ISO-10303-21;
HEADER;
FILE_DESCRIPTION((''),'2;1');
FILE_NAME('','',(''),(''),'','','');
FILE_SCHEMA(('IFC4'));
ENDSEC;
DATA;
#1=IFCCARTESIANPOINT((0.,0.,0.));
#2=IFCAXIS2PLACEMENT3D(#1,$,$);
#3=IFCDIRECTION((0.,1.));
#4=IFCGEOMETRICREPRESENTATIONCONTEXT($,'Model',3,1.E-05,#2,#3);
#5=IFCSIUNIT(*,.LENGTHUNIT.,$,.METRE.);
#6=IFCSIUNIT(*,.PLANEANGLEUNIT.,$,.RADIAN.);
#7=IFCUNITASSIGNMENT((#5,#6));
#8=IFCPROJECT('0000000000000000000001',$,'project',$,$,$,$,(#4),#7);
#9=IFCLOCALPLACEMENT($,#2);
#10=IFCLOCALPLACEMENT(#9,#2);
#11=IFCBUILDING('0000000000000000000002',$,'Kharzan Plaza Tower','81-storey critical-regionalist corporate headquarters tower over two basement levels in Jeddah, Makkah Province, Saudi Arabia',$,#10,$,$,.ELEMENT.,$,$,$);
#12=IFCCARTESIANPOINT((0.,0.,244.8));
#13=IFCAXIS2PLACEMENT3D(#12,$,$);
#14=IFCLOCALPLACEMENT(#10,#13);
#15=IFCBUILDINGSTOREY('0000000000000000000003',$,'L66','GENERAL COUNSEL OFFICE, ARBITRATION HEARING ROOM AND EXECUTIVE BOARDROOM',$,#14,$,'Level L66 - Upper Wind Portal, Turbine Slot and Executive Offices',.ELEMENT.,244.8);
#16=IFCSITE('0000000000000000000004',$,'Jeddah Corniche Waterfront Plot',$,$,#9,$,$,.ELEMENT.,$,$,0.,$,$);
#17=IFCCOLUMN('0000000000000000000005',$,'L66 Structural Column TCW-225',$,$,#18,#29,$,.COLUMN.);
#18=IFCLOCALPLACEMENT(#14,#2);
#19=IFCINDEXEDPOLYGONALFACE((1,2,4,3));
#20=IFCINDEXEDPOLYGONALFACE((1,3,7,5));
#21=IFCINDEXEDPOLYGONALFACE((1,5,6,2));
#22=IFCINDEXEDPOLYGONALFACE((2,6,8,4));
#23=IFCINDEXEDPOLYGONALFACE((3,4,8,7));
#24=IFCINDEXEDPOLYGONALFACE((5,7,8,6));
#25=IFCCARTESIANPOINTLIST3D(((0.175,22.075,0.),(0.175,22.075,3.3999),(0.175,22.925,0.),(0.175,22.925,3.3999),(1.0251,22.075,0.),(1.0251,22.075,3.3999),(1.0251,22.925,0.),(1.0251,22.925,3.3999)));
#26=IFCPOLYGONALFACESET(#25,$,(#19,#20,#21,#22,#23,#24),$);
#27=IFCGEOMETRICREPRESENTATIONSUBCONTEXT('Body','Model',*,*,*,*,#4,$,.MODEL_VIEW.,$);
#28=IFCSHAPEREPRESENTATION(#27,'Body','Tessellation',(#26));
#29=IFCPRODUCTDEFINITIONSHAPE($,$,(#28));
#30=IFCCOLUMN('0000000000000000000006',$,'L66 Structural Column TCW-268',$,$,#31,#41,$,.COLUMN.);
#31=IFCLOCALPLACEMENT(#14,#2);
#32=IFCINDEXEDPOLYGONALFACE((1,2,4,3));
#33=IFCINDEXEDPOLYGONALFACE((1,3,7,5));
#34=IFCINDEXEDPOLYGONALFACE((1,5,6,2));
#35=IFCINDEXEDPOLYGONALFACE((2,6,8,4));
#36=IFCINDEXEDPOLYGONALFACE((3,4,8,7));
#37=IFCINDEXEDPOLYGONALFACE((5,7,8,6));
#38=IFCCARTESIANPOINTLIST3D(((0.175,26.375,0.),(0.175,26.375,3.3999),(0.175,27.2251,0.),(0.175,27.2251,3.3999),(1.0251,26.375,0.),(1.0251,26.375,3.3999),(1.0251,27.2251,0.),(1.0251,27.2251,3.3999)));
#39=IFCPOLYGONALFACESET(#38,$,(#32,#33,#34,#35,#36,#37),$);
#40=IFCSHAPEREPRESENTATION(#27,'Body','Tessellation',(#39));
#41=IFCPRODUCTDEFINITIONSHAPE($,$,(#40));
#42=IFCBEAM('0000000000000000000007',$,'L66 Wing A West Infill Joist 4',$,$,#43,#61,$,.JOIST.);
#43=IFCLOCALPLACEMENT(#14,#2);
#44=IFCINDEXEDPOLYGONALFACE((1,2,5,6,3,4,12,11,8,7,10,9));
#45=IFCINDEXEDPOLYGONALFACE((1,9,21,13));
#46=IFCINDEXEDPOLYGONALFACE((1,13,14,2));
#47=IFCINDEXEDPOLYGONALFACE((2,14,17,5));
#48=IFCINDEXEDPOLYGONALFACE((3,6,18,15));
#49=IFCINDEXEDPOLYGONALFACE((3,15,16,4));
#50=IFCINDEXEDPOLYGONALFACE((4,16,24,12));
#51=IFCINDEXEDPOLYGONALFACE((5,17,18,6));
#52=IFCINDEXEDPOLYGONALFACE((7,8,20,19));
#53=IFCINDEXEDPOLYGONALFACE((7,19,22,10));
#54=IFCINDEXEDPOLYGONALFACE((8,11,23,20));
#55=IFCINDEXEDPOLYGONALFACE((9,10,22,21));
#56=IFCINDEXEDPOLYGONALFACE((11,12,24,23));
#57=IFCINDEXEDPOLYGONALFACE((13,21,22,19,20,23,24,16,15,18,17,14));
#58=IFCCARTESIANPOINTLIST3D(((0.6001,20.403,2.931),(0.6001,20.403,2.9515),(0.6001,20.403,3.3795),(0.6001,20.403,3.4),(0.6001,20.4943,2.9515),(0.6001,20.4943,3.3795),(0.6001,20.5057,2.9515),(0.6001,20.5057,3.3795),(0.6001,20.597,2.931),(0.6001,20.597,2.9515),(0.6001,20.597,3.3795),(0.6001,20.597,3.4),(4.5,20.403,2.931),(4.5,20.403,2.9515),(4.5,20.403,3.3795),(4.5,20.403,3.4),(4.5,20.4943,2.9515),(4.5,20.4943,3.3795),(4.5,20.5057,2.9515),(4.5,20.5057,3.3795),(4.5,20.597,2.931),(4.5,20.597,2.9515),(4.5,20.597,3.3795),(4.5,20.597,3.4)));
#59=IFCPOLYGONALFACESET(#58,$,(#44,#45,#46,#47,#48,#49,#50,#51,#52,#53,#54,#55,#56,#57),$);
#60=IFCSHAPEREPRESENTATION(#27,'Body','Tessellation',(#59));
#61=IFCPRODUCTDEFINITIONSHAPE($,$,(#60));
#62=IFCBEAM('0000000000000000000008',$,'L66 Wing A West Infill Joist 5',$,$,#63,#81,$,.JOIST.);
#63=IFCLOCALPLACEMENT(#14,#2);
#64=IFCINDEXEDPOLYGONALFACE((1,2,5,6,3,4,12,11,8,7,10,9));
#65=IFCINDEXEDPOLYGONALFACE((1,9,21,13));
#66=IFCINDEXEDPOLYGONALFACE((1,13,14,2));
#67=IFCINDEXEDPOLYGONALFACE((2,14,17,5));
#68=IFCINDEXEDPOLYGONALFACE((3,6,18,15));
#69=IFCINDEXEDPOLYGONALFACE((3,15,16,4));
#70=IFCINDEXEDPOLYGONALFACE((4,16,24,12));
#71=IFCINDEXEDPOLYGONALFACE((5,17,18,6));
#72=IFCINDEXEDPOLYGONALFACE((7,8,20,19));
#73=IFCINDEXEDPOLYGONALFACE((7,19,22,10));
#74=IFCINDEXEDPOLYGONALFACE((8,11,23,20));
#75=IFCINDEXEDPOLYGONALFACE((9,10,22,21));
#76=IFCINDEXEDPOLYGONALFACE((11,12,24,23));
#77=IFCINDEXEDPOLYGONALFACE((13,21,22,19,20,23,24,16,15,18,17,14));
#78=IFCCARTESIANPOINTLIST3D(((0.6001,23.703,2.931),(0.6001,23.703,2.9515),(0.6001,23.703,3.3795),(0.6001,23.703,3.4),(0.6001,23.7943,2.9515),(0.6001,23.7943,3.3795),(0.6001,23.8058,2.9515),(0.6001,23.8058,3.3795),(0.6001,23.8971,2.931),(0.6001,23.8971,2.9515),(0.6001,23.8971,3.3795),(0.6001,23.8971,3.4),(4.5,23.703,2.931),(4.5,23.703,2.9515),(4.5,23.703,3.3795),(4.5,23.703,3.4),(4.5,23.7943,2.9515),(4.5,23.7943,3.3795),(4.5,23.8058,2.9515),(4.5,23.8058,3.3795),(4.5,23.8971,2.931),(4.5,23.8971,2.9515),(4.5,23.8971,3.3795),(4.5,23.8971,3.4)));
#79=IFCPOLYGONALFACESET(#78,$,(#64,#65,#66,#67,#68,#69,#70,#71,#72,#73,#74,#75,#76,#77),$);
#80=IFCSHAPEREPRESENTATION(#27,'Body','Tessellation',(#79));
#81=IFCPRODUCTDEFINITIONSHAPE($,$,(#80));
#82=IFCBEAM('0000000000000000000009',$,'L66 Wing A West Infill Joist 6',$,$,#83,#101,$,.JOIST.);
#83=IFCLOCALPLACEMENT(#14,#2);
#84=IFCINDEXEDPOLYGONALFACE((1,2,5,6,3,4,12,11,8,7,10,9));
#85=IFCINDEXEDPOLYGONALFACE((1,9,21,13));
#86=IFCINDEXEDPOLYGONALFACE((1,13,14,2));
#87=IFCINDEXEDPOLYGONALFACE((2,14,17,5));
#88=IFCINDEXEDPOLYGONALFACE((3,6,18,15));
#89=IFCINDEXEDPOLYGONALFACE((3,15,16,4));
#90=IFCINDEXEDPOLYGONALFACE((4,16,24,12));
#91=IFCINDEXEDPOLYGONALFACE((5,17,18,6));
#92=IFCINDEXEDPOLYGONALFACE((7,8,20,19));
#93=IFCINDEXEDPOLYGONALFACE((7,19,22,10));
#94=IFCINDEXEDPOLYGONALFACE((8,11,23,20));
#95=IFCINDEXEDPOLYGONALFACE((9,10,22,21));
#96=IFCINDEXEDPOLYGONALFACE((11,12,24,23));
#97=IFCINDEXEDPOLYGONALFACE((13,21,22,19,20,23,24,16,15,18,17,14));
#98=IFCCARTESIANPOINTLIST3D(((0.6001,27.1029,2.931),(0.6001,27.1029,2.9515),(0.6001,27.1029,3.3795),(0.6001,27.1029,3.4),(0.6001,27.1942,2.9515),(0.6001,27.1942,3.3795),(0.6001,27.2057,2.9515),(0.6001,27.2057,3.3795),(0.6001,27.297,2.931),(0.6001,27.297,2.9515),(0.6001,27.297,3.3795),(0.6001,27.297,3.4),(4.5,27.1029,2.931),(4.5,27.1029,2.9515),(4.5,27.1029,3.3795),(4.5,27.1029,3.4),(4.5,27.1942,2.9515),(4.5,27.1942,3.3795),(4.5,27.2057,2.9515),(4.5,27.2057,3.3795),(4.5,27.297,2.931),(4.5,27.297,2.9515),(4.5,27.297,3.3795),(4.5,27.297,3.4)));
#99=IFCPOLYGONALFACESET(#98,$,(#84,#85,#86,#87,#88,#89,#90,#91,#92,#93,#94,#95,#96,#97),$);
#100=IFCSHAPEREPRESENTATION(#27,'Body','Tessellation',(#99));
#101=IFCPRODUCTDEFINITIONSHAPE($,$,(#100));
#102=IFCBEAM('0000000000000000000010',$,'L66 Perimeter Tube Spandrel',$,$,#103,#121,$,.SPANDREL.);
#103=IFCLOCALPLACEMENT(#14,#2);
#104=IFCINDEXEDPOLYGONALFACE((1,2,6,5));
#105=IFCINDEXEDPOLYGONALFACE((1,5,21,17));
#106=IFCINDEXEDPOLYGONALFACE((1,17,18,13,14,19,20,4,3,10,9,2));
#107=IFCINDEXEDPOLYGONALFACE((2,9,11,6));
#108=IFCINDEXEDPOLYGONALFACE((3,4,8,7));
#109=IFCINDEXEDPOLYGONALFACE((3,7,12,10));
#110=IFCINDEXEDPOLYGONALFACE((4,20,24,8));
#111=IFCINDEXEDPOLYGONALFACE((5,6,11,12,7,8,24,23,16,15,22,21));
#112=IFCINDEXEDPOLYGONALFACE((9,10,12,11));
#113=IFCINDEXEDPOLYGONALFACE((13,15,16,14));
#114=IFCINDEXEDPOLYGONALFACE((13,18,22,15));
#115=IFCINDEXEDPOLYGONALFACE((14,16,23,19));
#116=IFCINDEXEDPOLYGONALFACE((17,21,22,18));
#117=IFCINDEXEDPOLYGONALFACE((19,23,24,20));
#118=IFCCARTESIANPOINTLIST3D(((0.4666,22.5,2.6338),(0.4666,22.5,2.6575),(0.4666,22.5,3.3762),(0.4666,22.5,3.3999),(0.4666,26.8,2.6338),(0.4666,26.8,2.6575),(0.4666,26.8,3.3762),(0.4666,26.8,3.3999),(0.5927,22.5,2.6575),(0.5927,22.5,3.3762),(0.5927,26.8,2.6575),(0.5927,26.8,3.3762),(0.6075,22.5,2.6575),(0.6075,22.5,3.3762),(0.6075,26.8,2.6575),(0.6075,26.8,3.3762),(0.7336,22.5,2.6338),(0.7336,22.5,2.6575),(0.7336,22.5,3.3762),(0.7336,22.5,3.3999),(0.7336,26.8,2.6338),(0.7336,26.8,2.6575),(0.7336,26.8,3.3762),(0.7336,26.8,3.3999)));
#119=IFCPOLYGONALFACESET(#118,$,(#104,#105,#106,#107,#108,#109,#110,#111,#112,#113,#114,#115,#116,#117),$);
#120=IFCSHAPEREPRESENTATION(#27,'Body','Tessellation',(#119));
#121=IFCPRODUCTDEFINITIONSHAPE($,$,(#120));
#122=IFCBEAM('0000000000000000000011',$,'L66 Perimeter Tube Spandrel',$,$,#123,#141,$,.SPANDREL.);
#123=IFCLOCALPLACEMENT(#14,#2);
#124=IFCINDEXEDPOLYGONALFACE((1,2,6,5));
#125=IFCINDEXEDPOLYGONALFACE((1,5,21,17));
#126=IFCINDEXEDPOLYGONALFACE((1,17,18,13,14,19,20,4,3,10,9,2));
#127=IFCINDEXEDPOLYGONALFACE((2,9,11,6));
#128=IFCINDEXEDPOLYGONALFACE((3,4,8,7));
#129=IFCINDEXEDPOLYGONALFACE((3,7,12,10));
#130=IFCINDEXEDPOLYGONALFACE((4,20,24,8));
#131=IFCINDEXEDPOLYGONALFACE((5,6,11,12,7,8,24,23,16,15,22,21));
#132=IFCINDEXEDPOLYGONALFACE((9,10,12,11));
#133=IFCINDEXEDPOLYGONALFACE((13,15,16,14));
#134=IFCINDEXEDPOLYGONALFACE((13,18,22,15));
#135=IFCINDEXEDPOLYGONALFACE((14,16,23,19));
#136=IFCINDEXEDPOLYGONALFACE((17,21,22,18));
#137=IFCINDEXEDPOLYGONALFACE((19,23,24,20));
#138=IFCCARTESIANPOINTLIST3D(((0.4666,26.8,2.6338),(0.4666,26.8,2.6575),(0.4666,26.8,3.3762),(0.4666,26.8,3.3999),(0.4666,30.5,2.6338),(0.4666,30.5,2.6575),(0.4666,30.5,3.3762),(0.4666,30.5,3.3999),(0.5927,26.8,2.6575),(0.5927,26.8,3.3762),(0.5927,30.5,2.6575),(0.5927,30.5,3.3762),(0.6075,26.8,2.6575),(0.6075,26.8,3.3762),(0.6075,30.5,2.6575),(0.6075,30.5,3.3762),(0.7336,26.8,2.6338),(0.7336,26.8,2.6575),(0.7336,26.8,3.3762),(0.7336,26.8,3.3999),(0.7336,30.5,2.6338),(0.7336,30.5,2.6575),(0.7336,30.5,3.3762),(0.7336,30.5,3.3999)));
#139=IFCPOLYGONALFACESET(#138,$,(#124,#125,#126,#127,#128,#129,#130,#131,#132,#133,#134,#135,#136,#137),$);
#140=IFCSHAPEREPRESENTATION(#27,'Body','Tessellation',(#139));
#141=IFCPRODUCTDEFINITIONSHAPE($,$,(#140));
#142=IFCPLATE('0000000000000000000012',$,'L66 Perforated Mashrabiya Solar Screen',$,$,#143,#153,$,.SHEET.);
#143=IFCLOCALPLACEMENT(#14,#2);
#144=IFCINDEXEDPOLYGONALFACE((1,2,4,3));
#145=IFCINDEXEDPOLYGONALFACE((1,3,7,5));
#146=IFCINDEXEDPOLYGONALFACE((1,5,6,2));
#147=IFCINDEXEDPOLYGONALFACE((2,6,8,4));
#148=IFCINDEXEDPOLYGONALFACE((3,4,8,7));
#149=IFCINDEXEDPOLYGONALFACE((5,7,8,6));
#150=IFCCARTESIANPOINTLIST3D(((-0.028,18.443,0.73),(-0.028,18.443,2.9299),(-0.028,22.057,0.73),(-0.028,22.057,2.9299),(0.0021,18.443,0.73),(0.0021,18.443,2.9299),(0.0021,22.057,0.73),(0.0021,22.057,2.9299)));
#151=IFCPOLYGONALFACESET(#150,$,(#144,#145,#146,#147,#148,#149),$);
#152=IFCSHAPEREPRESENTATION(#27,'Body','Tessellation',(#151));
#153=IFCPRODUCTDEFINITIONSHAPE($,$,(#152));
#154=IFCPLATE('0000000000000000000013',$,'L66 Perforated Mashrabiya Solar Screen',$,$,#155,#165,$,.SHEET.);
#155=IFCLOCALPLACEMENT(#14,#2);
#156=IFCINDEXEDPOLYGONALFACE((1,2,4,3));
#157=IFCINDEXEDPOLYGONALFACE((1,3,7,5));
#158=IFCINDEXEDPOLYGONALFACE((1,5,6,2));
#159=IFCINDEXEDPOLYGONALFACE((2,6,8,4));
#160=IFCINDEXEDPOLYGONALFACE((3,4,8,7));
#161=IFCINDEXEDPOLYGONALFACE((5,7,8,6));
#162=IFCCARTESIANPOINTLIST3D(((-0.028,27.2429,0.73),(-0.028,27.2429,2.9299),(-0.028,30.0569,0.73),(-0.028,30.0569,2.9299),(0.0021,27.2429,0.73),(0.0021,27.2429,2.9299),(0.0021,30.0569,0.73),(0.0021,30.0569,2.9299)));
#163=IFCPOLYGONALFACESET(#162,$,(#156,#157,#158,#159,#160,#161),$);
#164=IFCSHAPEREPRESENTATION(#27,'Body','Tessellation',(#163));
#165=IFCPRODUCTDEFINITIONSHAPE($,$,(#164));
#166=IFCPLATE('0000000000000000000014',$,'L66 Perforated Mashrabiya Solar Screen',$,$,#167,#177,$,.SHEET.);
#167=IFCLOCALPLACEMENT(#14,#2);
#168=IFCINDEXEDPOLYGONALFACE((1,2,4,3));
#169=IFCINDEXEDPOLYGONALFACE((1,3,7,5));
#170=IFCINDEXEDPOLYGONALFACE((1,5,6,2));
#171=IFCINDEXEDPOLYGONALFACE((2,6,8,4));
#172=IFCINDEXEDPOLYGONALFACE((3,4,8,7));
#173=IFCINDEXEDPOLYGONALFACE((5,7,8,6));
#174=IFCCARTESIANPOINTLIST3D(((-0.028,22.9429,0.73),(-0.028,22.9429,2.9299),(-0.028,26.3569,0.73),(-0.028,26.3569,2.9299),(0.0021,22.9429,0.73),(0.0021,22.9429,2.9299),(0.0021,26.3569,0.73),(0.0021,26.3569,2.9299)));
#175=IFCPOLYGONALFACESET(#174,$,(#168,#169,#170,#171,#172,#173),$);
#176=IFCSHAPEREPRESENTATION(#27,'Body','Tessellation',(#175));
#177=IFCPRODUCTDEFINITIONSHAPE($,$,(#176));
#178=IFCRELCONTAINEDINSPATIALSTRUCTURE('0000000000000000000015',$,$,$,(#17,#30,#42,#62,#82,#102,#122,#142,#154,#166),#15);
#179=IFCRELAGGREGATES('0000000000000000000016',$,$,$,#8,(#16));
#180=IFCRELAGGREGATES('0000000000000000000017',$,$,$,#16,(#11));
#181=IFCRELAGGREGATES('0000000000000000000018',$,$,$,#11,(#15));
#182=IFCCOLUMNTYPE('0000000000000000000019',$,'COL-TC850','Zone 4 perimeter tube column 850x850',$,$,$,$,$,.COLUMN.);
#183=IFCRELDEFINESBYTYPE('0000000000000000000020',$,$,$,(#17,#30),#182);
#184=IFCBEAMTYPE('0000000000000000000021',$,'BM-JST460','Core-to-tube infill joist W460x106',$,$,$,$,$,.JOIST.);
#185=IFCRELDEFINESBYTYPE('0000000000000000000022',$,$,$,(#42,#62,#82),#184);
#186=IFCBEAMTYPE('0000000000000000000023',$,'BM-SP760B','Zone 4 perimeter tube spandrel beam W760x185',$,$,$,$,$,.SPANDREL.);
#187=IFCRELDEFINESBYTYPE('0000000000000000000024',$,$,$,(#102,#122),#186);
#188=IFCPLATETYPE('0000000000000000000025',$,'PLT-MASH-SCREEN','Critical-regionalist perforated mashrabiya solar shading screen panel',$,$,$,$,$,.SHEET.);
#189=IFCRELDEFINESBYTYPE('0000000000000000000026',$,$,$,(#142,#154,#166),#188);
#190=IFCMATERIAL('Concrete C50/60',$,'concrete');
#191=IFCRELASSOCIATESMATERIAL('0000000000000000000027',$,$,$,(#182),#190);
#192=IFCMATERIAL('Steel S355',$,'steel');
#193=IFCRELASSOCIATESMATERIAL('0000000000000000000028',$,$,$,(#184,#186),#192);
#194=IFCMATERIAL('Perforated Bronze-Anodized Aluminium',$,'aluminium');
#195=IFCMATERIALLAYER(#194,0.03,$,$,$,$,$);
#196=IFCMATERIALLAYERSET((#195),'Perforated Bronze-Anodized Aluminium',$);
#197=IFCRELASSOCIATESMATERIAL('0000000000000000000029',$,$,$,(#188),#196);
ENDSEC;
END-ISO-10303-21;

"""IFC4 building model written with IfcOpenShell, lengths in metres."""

from ifc_helpers import new_model, si_unit, direction, frame, origin, origin_2d, place, context, subcontext, project, spatial, rectangle, i_section, extrude, source, transform, mapped, material, layer, layer_set, material_profile, profile_set, type_object, element, save


model = new_model("IFC4")

# Units and contexts
model_context = context("Model", 3, precision=1e-05, world=origin(), true_north=direction((0.0, 1.0)))
body_context = subcontext(model_context, "Body", "Model", "MODEL_VIEW")
ifc_project = project(units=[si_unit("LENGTHUNIT", "METRE"), si_unit("PLANEANGLEUNIT", "RADIAN")], contexts=[model_context])

# Site, building, storey
site_placement = place(None, origin())
site = spatial("IfcSite", under=ifc_project, at=site_placement, Name="Jeddah Corniche Waterfront Plot", CompositionType="ELEMENT", RefElevation=0.0)
building_placement = place(site_placement, origin())
building = spatial("IfcBuilding", under=site, at=building_placement, Name="Kharzan Plaza Tower", Description="81-storey critical-regionalist corporate headquarters tower over two basement levels in Jeddah, Makkah Province, Saudi Arabia", CompositionType="ELEMENT")
storey_placement = place(building_placement, frame((0.0, 0.0, 244.8)))
storey = spatial("IfcBuildingStorey", under=building, at=storey_placement, Name="L66", Description="GENERAL COUNSEL OFFICE, ARBITRATION HEARING ROOM AND EXECUTIVE BOARDROOM", LongName="Level L66 - Upper Wind Portal, Turbine Slot and Executive Offices", CompositionType="ELEMENT", Elevation=244.8)

# Columns
ifc_material_1 = material(Name="Concrete C50/60", Category="concrete")
ifc_material_profile_1 = material_profile(ifc_material_1, rectangle(XDim=0.8501, YDim=0.8501, at=origin_2d()), Name="RC-TC850x850")
ifc_profile_set_1 = profile_set([ifc_material_profile_1], Name="Concrete C50/60")
column_type = type_object("IfcColumnType", Name="COL-TC850", Description="Zone 4 perimeter tube column 850x850", PredefinedType="COLUMN", material=ifc_profile_set_1)
shared_shape_1 = source(origin(), body_context, "Body", "SweptSolid", [
    extrude(rectangle(XDim=0.8501, YDim=0.8501, at=origin_2d()), origin(), (0.0, 0.0, 1.0), 3.3999),
])
for number, where, z_axis, x_axis, name in (
    (1, (0.6001, 22.5, 0.0), (0.0, 0.0, 1.0), (1.0, 0.0, 0.0), "L66 Structural Column TCW-225"),
    (2, (0.6001, 26.8, 0.0), (0.0, 0.0, 1.0), (1.0, 0.0, 0.0), "L66 Structural Column TCW-268"),
):
    element("IfcColumn", number, at=place(storey_placement, frame(where, z_axis=z_axis, x_axis=x_axis)), inside=storey, type_object=column_type, Name=name, PredefinedType="COLUMN", context=body_context, shape_type="MappedRepresentation", body=[
        mapped(shared_shape_1, transform((0.0, 0.0, 0.0), x_axis=(1.0, 0.0, 0.0), y_axis=(0.0, 1.0, 0.0), z_axis=(0.0, 0.0, 1.0))),
    ])

# Beams
ifc_material_2 = material(Name="Steel S355", Category="steel")
ifc_material_profile_2 = material_profile(ifc_material_2, i_section(OverallWidth=0.1941, OverallDepth=0.469, WebThickness=0.0115, FlangeThickness=0.0205, at=origin_2d()), Name="W460x106")
ifc_profile_set_2 = profile_set([ifc_material_profile_2], Name="Steel S355")
beam_type_1 = type_object("IfcBeamType", Name="BM-JST460", Description="Core-to-tube infill joist W460x106", PredefinedType="JOIST", material=ifc_profile_set_2)
shared_shape_2 = source(origin(), body_context, "Body", "SweptSolid", [
    extrude(i_section(OverallWidth=0.1941, OverallDepth=0.469, WebThickness=0.0115, FlangeThickness=0.0205, at=origin_2d()), origin(), (0.0, 0.0, 1.0), 3.8999),
])
for number, where, z_axis, x_axis, name in (
    (3, (0.6001, 20.5, 3.1655), (1.0, 0.0, 0.0), (0.0, 1.0, 0.0), "L66 Wing A West Infill Joist 4"),
    (4, (0.6001, 23.8, 3.1655), (1.0, 0.0, 0.0), (0.0, 1.0, 0.0), "L66 Wing A West Infill Joist 5"),
    (5, (0.6001, 27.2, 3.1655), (1.0, 0.0, 0.0), (0.0, 1.0, 0.0), "L66 Wing A West Infill Joist 6"),
):
    element("IfcBeam", number, at=place(storey_placement, frame(where, z_axis=z_axis, x_axis=x_axis)), inside=storey, type_object=beam_type_1, Name=name, PredefinedType="JOIST", context=body_context, shape_type="MappedRepresentation", body=[
        mapped(shared_shape_2, transform((0.0, 0.0, 0.0), x_axis=(1.0, 0.0, 0.0), y_axis=(0.0, 1.0, 0.0), z_axis=(0.0, 0.0, 1.0))),
    ])
ifc_material_profile_3 = material_profile(ifc_material_2, i_section(OverallWidth=0.2671, OverallDepth=0.7661, WebThickness=0.0149, FlangeThickness=0.0237, at=origin_2d()), Name="W760x185")
ifc_profile_set_3 = profile_set([ifc_material_profile_3], Name="Steel S355")
beam_type_2 = type_object("IfcBeamType", Name="BM-SP760B", Description="Zone 4 perimeter tube spandrel beam W760x185", PredefinedType="SPANDREL", material=ifc_profile_set_3)
shared_shape_3 = source(origin(), body_context, "Body", "SweptSolid", [
    extrude(i_section(OverallWidth=0.2671, OverallDepth=0.7661, WebThickness=0.0149, FlangeThickness=0.0237, at=origin_2d()), origin(), (0.0, 0.0, 1.0), 4.3),
])
beam_1_placement = place(storey_placement, frame((0.6001, 22.5, 3.0168), z_axis=(0.0, 1.0, 0.0), x_axis=(-1.0, 0.0, 0.0)))
element("IfcBeam", 6, at=beam_1_placement, inside=storey, type_object=beam_type_2, Name="L66 Perimeter Tube Spandrel", PredefinedType="SPANDREL", context=body_context, shape_type="MappedRepresentation", body=[
    mapped(shared_shape_3, transform((0.0, 0.0, 0.0), x_axis=(1.0, 0.0, 0.0), y_axis=(0.0, 1.0, 0.0), z_axis=(0.0, 0.0, 1.0))),
])
shared_shape_4 = source(origin(), body_context, "Body", "SweptSolid", [
    extrude(i_section(OverallWidth=0.2671, OverallDepth=0.7661, WebThickness=0.0149, FlangeThickness=0.0237, at=origin_2d()), origin(), (0.0, 0.0, 1.0), 3.7),
])
beam_2_placement = place(storey_placement, frame((0.6001, 26.8, 3.0168), z_axis=(0.0, 1.0, 0.0), x_axis=(-1.0, 0.0, 0.0)))
element("IfcBeam", 7, at=beam_2_placement, inside=storey, type_object=beam_type_2, Name="L66 Perimeter Tube Spandrel", PredefinedType="SPANDREL", context=body_context, shape_type="MappedRepresentation", body=[
    mapped(shared_shape_4, transform((0.0, 0.0, 0.0), x_axis=(1.0, 0.0, 0.0), y_axis=(0.0, 1.0, 0.0), z_axis=(0.0, 0.0, 1.0))),
])

# Plates
ifc_material_3 = material(Name="Perforated Bronze-Anodized Aluminium", Category="aluminium")
ifc_layer_1 = layer(ifc_material_3, 0.03)
ifc_layer_set_1 = layer_set([ifc_layer_1], Name="Perforated Bronze-Anodized Aluminium")
plate_type = type_object("IfcPlateType", Name="PLT-MASH-SCREEN", Description="Critical-regionalist perforated mashrabiya solar shading screen panel", PredefinedType="SHEET", material=ifc_layer_set_1)
shared_shape_5 = source(origin(), body_context, "Body", "SweptSolid", [
    extrude(rectangle(XDim=3.614, YDim=0.03, at=origin_2d()), origin(), (0.0, 0.0, 1.0), 2.2),
])
plate_1_placement = place(storey_placement, frame((-0.0129, 20.25, 0.73), z_axis=(0.0, 0.0, 1.0), x_axis=(0.0, -1.0, 0.0)))
element("IfcPlate", 8, at=plate_1_placement, inside=storey, type_object=plate_type, Name="L66 Perforated Mashrabiya Solar Screen", PredefinedType="SHEET", context=body_context, shape_type="MappedRepresentation", body=[
    mapped(shared_shape_5, transform((0.0, 0.0, 0.0), x_axis=(1.0, 0.0, 0.0), y_axis=(0.0, 1.0, 0.0), z_axis=(0.0, 0.0, 1.0))),
])
shared_shape_6 = source(origin(), body_context, "Body", "SweptSolid", [
    extrude(rectangle(XDim=2.814, YDim=0.03, at=origin_2d()), origin(), (0.0, 0.0, 1.0), 2.2),
])
plate_2_placement = place(storey_placement, frame((-0.0129, 28.6499, 0.73), z_axis=(0.0, 0.0, 1.0), x_axis=(0.0, -1.0, 0.0)))
element("IfcPlate", 9, at=plate_2_placement, inside=storey, type_object=plate_type, Name="L66 Perforated Mashrabiya Solar Screen", PredefinedType="SHEET", context=body_context, shape_type="MappedRepresentation", body=[
    mapped(shared_shape_6, transform((0.0, 0.0, 0.0), x_axis=(1.0, 0.0, 0.0), y_axis=(0.0, 1.0, 0.0), z_axis=(0.0, 0.0, 1.0))),
])
shared_shape_7 = source(origin(), body_context, "Body", "SweptSolid", [
    extrude(rectangle(XDim=3.4141, YDim=0.03, at=origin_2d()), origin(), (0.0, 0.0, 1.0), 2.2),
])
plate_3_placement = place(storey_placement, frame((-0.0129, 24.6499, 0.73), z_axis=(0.0, 0.0, 1.0), x_axis=(0.0, -1.0, 0.0)))
element("IfcPlate", 10, at=plate_3_placement, inside=storey, type_object=plate_type, Name="L66 Perforated Mashrabiya Solar Screen", PredefinedType="SHEET", context=body_context, shape_type="MappedRepresentation", body=[
    mapped(shared_shape_7, transform((0.0, 0.0, 0.0), x_axis=(1.0, 0.0, 0.0), y_axis=(0.0, 1.0, 0.0), z_axis=(0.0, 0.0, 1.0))),
])

save(model, "model.ifc")
